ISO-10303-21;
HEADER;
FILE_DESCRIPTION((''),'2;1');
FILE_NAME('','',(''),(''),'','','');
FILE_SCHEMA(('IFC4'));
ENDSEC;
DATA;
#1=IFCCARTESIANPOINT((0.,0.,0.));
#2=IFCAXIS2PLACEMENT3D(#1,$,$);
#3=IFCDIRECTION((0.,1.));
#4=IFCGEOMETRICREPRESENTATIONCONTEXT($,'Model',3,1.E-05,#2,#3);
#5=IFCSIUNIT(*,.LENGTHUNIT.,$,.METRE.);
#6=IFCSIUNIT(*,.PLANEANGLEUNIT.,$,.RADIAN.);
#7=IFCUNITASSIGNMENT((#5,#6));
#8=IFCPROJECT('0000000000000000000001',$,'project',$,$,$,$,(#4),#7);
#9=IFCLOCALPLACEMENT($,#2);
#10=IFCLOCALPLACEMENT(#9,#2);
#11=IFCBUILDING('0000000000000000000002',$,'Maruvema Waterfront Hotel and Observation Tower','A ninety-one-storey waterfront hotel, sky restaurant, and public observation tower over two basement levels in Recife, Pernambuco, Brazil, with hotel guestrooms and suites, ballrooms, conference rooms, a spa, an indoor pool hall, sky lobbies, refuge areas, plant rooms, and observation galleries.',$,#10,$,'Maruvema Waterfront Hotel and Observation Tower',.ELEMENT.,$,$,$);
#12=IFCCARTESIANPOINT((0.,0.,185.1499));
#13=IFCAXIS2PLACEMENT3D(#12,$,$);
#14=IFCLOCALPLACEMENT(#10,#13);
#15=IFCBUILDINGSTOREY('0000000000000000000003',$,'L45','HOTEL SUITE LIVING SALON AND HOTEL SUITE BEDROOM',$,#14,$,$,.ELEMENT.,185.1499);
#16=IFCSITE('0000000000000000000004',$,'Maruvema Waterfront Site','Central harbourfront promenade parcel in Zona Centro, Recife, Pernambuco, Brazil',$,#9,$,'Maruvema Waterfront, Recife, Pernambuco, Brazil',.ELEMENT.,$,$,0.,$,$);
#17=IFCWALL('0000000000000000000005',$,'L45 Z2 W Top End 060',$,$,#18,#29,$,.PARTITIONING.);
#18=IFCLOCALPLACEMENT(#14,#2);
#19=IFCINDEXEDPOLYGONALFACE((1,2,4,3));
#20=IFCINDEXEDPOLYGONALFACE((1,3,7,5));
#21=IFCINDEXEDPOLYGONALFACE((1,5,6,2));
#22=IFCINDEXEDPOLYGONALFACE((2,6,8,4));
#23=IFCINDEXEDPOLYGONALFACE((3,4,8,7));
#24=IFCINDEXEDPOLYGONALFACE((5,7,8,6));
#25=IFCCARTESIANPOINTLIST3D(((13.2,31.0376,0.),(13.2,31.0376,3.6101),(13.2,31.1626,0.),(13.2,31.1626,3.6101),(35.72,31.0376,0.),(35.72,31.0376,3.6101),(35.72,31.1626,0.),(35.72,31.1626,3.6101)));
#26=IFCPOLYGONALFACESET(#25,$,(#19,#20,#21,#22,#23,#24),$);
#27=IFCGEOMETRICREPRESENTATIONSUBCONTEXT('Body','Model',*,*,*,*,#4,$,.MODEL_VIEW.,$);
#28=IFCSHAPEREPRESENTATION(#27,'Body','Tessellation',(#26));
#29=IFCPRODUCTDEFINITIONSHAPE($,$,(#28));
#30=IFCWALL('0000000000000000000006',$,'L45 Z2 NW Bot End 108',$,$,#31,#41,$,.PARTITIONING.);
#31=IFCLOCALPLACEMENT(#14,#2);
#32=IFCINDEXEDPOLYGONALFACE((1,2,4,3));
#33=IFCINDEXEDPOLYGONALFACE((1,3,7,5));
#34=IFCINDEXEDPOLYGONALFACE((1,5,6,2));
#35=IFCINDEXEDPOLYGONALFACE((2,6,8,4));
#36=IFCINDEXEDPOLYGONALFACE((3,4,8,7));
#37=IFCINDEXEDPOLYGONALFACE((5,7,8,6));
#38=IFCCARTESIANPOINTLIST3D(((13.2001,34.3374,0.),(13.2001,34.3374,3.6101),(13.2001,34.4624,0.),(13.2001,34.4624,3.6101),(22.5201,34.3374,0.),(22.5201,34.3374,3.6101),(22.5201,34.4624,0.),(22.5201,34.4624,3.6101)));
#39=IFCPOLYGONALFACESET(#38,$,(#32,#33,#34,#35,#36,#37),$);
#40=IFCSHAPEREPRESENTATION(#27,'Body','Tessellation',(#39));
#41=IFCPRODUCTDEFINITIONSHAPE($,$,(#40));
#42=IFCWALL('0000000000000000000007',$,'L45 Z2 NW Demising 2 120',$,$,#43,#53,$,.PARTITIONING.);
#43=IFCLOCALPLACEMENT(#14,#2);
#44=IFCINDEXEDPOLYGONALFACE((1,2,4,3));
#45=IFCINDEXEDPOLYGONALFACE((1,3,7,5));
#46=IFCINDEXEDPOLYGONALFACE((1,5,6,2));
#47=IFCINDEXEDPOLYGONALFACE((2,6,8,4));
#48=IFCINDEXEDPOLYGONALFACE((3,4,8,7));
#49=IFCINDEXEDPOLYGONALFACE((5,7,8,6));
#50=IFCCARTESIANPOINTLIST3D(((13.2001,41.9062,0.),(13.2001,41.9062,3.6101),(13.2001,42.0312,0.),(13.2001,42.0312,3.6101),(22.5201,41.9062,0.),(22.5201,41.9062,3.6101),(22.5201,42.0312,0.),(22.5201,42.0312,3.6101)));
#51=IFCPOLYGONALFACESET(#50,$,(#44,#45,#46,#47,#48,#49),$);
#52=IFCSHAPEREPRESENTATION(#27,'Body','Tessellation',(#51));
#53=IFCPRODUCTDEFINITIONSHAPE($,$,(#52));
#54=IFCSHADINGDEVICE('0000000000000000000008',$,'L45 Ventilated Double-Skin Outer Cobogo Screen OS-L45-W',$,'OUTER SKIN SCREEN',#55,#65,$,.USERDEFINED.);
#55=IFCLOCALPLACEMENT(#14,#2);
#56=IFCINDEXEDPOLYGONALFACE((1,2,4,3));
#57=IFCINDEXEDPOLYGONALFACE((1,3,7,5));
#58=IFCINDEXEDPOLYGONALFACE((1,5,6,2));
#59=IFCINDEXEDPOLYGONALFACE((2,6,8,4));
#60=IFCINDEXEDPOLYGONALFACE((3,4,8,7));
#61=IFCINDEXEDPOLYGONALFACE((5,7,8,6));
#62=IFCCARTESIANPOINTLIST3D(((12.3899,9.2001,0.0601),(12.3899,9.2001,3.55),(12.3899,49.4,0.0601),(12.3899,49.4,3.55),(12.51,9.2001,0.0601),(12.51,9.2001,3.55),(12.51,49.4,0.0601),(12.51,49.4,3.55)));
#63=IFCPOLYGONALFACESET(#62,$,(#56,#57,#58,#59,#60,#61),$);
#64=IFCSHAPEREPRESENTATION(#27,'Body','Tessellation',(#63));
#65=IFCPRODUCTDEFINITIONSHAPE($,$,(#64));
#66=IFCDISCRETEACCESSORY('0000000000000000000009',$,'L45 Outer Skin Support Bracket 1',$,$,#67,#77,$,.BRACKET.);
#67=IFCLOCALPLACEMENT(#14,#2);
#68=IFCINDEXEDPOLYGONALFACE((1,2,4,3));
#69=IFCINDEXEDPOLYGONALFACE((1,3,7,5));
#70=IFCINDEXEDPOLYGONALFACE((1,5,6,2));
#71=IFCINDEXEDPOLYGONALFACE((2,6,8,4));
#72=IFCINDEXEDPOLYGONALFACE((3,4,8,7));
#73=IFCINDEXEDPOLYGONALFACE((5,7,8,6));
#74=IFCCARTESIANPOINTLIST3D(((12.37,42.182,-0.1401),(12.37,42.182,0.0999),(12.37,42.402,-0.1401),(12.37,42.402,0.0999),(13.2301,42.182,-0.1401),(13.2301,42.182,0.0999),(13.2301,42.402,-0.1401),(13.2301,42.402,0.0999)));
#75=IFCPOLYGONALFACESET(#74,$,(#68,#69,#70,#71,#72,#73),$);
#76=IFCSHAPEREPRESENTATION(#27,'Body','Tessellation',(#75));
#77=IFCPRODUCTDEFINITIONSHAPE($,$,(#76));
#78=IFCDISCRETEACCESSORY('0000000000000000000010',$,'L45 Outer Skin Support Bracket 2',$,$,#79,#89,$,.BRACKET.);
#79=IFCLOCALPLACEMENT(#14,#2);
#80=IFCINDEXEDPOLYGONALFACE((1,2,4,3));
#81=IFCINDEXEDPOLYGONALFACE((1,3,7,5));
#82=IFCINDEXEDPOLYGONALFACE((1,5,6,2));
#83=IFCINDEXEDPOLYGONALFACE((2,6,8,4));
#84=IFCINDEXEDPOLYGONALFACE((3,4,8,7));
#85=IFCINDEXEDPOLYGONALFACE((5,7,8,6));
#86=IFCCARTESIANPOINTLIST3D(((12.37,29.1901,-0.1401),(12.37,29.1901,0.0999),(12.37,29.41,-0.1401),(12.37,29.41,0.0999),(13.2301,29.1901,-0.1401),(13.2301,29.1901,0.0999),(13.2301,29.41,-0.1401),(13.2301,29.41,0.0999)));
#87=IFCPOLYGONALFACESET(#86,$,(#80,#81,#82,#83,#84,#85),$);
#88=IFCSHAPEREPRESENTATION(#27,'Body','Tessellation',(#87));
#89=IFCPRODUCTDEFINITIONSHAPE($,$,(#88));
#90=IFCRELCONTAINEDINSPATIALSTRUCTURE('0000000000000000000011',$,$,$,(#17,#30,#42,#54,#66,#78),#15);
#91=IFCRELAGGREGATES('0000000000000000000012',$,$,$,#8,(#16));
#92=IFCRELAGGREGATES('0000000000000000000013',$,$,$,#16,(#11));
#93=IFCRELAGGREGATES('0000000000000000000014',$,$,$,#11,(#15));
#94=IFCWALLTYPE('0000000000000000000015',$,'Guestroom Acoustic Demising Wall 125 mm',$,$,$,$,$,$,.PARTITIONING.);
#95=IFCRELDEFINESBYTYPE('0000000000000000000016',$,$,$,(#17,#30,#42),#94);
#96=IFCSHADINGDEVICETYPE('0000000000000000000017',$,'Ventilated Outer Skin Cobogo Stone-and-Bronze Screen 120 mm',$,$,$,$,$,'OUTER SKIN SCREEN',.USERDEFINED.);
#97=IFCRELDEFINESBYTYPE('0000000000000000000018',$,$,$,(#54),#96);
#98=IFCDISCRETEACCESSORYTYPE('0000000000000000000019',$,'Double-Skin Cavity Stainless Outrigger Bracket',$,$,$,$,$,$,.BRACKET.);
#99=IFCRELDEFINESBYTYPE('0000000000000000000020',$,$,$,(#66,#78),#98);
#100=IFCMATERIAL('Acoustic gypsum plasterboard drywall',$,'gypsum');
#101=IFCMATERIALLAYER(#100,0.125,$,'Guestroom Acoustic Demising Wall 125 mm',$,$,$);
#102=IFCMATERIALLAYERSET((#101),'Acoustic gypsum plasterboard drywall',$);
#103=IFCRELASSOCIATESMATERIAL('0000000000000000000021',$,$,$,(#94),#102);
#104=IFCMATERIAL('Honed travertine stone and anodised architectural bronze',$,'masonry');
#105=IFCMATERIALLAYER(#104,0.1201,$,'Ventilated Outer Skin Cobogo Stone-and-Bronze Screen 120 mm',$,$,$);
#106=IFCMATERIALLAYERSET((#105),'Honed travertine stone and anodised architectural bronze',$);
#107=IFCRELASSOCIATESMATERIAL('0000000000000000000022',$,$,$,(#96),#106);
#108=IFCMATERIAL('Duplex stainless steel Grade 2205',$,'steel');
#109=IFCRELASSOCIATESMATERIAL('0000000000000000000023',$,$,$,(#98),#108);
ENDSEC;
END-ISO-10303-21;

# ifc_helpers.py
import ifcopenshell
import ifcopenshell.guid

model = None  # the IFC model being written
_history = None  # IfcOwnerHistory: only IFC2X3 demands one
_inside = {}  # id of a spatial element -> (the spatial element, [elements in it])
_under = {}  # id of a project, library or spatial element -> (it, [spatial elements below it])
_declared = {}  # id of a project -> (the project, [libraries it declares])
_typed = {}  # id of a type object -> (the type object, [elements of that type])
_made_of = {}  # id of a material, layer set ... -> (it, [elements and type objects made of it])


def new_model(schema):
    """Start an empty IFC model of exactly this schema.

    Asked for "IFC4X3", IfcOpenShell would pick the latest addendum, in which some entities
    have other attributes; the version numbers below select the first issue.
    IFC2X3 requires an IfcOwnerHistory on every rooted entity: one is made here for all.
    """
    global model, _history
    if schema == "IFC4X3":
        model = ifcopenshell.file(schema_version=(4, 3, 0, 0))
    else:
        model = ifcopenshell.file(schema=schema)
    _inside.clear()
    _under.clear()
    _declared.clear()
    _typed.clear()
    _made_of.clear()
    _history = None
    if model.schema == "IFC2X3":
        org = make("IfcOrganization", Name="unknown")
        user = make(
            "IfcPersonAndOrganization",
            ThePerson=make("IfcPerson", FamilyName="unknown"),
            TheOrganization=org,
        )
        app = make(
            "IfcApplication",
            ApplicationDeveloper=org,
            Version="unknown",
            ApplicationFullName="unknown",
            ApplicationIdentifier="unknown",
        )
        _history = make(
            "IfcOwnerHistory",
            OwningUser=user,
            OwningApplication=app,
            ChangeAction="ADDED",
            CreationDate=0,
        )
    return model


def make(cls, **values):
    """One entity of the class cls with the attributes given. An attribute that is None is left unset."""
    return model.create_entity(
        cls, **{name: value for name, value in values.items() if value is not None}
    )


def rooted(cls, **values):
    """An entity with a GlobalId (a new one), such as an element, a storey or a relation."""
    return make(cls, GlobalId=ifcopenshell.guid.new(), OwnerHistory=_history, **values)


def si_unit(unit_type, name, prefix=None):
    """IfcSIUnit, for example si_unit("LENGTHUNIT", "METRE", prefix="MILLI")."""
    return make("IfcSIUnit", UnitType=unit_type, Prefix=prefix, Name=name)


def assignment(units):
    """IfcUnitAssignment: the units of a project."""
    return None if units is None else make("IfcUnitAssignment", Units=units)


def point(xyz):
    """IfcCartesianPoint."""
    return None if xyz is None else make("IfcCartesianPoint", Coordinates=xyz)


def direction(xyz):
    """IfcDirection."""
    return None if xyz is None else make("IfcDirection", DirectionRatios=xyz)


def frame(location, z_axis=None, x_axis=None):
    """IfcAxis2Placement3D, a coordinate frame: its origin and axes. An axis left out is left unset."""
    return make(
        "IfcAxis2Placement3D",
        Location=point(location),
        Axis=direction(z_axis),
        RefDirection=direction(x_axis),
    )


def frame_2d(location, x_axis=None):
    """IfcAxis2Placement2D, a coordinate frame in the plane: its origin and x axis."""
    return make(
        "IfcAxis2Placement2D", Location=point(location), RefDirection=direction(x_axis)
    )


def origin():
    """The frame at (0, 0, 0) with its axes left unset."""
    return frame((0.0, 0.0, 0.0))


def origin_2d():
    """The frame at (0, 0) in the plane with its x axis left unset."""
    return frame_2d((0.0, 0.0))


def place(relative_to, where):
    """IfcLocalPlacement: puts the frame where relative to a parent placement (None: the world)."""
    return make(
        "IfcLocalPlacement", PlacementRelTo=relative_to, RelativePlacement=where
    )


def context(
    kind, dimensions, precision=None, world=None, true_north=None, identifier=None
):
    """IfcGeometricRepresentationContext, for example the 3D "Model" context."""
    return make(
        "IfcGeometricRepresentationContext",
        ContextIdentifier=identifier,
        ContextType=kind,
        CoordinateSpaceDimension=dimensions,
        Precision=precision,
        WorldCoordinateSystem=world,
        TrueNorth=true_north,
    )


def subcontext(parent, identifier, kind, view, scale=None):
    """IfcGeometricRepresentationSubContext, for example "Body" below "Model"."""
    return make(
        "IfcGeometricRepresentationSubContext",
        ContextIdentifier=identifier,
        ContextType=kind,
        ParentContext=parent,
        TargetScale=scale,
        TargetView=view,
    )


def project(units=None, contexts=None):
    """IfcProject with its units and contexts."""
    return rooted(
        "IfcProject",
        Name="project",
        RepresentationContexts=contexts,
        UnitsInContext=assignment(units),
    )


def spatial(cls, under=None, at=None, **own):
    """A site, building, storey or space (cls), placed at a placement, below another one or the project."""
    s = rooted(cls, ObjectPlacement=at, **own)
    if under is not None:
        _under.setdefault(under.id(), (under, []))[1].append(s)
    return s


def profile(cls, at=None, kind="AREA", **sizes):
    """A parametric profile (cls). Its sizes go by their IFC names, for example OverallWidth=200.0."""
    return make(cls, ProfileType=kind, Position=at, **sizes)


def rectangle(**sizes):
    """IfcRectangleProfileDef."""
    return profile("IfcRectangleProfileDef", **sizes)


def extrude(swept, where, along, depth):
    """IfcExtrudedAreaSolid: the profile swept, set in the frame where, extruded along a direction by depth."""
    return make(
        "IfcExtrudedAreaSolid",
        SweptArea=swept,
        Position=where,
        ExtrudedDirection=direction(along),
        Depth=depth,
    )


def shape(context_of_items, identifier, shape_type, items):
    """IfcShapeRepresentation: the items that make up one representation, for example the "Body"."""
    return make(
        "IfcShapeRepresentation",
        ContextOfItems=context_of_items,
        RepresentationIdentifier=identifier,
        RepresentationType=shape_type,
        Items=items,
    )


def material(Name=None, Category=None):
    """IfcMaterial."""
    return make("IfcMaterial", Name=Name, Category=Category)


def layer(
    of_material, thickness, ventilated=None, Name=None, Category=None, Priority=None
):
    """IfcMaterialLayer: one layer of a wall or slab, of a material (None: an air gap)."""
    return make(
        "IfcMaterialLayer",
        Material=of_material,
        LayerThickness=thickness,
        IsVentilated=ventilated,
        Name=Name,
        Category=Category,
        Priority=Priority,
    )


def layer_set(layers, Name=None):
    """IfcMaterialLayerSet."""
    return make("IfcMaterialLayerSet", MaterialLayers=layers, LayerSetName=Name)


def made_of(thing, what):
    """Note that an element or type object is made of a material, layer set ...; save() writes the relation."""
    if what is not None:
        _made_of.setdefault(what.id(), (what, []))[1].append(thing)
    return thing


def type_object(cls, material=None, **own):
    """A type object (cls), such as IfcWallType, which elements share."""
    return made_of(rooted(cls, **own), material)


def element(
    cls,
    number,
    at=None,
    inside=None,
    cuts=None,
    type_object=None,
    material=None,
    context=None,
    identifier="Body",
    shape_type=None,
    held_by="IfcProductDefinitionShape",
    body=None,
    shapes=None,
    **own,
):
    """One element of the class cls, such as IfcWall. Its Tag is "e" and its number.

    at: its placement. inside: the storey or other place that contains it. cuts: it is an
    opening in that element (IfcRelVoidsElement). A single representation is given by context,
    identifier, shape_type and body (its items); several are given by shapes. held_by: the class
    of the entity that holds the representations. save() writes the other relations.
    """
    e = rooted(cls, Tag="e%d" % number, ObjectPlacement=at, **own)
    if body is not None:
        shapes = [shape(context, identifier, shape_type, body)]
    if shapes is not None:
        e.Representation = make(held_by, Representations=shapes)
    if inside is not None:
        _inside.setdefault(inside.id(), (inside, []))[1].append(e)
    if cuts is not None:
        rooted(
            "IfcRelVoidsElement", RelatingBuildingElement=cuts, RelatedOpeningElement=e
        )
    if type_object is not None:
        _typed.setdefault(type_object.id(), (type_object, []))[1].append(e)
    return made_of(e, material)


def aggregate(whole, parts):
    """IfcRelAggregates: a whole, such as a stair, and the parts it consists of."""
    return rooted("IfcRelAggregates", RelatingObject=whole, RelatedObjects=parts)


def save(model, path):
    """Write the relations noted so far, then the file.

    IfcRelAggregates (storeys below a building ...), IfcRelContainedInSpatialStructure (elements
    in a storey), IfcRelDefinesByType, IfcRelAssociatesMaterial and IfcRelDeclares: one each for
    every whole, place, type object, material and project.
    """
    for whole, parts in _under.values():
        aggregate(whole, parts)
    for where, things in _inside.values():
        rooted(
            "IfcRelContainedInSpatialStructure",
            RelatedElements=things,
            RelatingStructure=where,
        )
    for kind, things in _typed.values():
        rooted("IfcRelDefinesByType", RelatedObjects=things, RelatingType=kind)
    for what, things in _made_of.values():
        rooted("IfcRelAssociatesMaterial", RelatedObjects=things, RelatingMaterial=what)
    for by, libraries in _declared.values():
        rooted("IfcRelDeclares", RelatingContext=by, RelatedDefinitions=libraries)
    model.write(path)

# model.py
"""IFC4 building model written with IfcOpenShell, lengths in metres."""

from ifc_helpers import new_model, si_unit, direction, frame, frame_2d, origin, origin_2d, place, context, subcontext, project, spatial, rectangle, extrude, material, layer, layer_set, type_object, element, save


model = new_model("IFC4")

# Units and contexts
model_context = context("Model", 3, precision=1e-05, world=origin(), true_north=direction((0.0, 1.0)))
body_context = subcontext(model_context, "Body", "Model", "MODEL_VIEW")
ifc_project = project(units=[si_unit("LENGTHUNIT", "METRE"), si_unit("PLANEANGLEUNIT", "RADIAN")], contexts=[model_context])

# Site, building, storey
site_placement = place(None, origin())
site = spatial("IfcSite", under=ifc_project, at=site_placement, Name="Maruvema Waterfront Site", Description="Central harbourfront promenade parcel in Zona Centro, Recife, Pernambuco, Brazil", LongName="Maruvema Waterfront, Recife, Pernambuco, Brazil", CompositionType="ELEMENT", RefElevation=0.0)
building_placement = place(site_placement, origin())
building = spatial("IfcBuilding", under=site, at=building_placement, Name="Maruvema Waterfront Hotel and Observation Tower", Description="A ninety-one-storey waterfront hotel, sky restaurant, and public observation tower over two basement levels in Recife, Pernambuco, Brazil, with hotel guestrooms and suites, ballrooms, conference rooms, a spa, an indoor pool hall, sky lobbies, refuge areas, plant rooms, and observation galleries.", LongName="Maruvema Waterfront Hotel and Observation Tower", CompositionType="ELEMENT")
storey_placement = place(building_placement, frame((0.0, 0.0, 185.1499)))
storey = spatial("IfcBuildingStorey", under=building, at=storey_placement, Name="L45", Description="HOTEL SUITE LIVING SALON AND HOTEL SUITE BEDROOM", CompositionType="ELEMENT", Elevation=185.1499)

# Walls
ifc_material_1 = material(Name="Acoustic gypsum plasterboard drywall", Category="gypsum")
ifc_layer_1 = layer(ifc_material_1, 0.125, Name="Guestroom Acoustic Demising Wall 125 mm")
ifc_layer_set_1 = layer_set([ifc_layer_1], Name="Acoustic gypsum plasterboard drywall")
wall_type_1 = type_object("IfcWallType", Name="Guestroom Acoustic Demising Wall 125 mm", PredefinedType="PARTITIONING", material=ifc_layer_set_1)
wall_1_placement = place(storey_placement, frame((13.2, 31.1001, 0.0), z_axis=(0.0, 0.0, 1.0), x_axis=(1.0, 0.0, 0.0)))
element("IfcWall", 1, at=wall_1_placement, inside=storey, type_object=wall_type_1, Name="L45 Z2 W Top End 060", PredefinedType="PARTITIONING", context=body_context, shape_type="SweptSolid", body=[
    extrude(rectangle(XDim=22.52, YDim=0.125, at=frame_2d((11.26, 0.0))), origin(), (0.0, 0.0, 1.0), 3.6101),
])
for number, where, z_axis, x_axis, name in (
    (2, (13.2, 34.3999, 0.0), (0.0, 0.0, 1.0), (1.0, 0.0, 0.0), "L45 Z2 NW Bot End 108"),
    (3, (13.2, 41.9688, 0.0), (0.0, 0.0, 1.0), (1.0, 0.0, 0.0), "L45 Z2 NW Demising 2 120"),
):
    element("IfcWall", number, at=place(storey_placement, frame(where, z_axis=z_axis, x_axis=x_axis)), inside=storey, type_object=wall_type_1, Name=name, PredefinedType="PARTITIONING", context=body_context, shape_type="SweptSolid", body=[
        extrude(rectangle(XDim=9.3201, YDim=0.125, at=frame_2d((4.6602, 0.0))), origin(), (0.0, 0.0, 1.0), 3.6101),
    ])

# Shading device
ifc_material_2 = material(Name="Honed travertine stone and anodised architectural bronze", Category="masonry")
ifc_layer_2 = layer(ifc_material_2, 0.1201, Name="Ventilated Outer Skin Cobogo Stone-and-Bronze Screen 120 mm")
ifc_layer_set_2 = layer_set([ifc_layer_2], Name="Honed travertine stone and anodised architectural bronze")
shading_device_type = type_object("IfcShadingDeviceType", Name="Ventilated Outer Skin Cobogo Stone-and-Bronze Screen 120 mm", ElementType="OUTER SKIN SCREEN", PredefinedType="USERDEFINED", material=ifc_layer_set_2)
shading_device_placement = place(storey_placement, frame((12.45, 29.3, 0.0601), z_axis=(0.0, 0.0, 1.0), x_axis=(0.0, -1.0, 0.0)))
element("IfcShadingDevice", 4, at=shading_device_placement, inside=storey, type_object=shading_device_type, Name="L45 Ventilated Double-Skin Outer Cobogo Screen OS-L45-W", ObjectType="OUTER SKIN SCREEN", PredefinedType="USERDEFINED", context=body_context, shape_type="SweptSolid", body=[
    extrude(rectangle(XDim=40.2, YDim=0.1201, at=origin_2d()), origin(), (0.0, 0.0, 1.0), 3.49),
])

# Discrete accessories
ifc_material_3 = material(Name="Duplex stainless steel Grade 2205", Category="steel")
discrete_accessory_type = type_object("IfcDiscreteAccessoryType", Name="Double-Skin Cavity Stainless Outrigger Bracket", PredefinedType="BRACKET", material=ifc_material_3)
for number, where, z_axis, x_axis, name in (
    (5, (12.8, 42.292, -0.1401), (0.0, 0.0, 1.0), (0.0, -1.0, 0.0), "L45 Outer Skin Support Bracket 1"),
    (6, (12.8, 29.3, -0.1401), (0.0, 0.0, 1.0), (0.0, -1.0, 0.0), "L45 Outer Skin Support Bracket 2"),
):
    element("IfcDiscreteAccessory", number, at=place(storey_placement, frame(where, z_axis=z_axis, x_axis=x_axis)), inside=storey, type_object=discrete_accessory_type, Name=name, PredefinedType="BRACKET", context=body_context, shape_type="SweptSolid", body=[
        extrude(rectangle(XDim=0.22, YDim=0.8601, at=origin_2d()), origin(), (0.0, 0.0, 1.0), 0.24),
    ])

save(model, "model.ifc")
